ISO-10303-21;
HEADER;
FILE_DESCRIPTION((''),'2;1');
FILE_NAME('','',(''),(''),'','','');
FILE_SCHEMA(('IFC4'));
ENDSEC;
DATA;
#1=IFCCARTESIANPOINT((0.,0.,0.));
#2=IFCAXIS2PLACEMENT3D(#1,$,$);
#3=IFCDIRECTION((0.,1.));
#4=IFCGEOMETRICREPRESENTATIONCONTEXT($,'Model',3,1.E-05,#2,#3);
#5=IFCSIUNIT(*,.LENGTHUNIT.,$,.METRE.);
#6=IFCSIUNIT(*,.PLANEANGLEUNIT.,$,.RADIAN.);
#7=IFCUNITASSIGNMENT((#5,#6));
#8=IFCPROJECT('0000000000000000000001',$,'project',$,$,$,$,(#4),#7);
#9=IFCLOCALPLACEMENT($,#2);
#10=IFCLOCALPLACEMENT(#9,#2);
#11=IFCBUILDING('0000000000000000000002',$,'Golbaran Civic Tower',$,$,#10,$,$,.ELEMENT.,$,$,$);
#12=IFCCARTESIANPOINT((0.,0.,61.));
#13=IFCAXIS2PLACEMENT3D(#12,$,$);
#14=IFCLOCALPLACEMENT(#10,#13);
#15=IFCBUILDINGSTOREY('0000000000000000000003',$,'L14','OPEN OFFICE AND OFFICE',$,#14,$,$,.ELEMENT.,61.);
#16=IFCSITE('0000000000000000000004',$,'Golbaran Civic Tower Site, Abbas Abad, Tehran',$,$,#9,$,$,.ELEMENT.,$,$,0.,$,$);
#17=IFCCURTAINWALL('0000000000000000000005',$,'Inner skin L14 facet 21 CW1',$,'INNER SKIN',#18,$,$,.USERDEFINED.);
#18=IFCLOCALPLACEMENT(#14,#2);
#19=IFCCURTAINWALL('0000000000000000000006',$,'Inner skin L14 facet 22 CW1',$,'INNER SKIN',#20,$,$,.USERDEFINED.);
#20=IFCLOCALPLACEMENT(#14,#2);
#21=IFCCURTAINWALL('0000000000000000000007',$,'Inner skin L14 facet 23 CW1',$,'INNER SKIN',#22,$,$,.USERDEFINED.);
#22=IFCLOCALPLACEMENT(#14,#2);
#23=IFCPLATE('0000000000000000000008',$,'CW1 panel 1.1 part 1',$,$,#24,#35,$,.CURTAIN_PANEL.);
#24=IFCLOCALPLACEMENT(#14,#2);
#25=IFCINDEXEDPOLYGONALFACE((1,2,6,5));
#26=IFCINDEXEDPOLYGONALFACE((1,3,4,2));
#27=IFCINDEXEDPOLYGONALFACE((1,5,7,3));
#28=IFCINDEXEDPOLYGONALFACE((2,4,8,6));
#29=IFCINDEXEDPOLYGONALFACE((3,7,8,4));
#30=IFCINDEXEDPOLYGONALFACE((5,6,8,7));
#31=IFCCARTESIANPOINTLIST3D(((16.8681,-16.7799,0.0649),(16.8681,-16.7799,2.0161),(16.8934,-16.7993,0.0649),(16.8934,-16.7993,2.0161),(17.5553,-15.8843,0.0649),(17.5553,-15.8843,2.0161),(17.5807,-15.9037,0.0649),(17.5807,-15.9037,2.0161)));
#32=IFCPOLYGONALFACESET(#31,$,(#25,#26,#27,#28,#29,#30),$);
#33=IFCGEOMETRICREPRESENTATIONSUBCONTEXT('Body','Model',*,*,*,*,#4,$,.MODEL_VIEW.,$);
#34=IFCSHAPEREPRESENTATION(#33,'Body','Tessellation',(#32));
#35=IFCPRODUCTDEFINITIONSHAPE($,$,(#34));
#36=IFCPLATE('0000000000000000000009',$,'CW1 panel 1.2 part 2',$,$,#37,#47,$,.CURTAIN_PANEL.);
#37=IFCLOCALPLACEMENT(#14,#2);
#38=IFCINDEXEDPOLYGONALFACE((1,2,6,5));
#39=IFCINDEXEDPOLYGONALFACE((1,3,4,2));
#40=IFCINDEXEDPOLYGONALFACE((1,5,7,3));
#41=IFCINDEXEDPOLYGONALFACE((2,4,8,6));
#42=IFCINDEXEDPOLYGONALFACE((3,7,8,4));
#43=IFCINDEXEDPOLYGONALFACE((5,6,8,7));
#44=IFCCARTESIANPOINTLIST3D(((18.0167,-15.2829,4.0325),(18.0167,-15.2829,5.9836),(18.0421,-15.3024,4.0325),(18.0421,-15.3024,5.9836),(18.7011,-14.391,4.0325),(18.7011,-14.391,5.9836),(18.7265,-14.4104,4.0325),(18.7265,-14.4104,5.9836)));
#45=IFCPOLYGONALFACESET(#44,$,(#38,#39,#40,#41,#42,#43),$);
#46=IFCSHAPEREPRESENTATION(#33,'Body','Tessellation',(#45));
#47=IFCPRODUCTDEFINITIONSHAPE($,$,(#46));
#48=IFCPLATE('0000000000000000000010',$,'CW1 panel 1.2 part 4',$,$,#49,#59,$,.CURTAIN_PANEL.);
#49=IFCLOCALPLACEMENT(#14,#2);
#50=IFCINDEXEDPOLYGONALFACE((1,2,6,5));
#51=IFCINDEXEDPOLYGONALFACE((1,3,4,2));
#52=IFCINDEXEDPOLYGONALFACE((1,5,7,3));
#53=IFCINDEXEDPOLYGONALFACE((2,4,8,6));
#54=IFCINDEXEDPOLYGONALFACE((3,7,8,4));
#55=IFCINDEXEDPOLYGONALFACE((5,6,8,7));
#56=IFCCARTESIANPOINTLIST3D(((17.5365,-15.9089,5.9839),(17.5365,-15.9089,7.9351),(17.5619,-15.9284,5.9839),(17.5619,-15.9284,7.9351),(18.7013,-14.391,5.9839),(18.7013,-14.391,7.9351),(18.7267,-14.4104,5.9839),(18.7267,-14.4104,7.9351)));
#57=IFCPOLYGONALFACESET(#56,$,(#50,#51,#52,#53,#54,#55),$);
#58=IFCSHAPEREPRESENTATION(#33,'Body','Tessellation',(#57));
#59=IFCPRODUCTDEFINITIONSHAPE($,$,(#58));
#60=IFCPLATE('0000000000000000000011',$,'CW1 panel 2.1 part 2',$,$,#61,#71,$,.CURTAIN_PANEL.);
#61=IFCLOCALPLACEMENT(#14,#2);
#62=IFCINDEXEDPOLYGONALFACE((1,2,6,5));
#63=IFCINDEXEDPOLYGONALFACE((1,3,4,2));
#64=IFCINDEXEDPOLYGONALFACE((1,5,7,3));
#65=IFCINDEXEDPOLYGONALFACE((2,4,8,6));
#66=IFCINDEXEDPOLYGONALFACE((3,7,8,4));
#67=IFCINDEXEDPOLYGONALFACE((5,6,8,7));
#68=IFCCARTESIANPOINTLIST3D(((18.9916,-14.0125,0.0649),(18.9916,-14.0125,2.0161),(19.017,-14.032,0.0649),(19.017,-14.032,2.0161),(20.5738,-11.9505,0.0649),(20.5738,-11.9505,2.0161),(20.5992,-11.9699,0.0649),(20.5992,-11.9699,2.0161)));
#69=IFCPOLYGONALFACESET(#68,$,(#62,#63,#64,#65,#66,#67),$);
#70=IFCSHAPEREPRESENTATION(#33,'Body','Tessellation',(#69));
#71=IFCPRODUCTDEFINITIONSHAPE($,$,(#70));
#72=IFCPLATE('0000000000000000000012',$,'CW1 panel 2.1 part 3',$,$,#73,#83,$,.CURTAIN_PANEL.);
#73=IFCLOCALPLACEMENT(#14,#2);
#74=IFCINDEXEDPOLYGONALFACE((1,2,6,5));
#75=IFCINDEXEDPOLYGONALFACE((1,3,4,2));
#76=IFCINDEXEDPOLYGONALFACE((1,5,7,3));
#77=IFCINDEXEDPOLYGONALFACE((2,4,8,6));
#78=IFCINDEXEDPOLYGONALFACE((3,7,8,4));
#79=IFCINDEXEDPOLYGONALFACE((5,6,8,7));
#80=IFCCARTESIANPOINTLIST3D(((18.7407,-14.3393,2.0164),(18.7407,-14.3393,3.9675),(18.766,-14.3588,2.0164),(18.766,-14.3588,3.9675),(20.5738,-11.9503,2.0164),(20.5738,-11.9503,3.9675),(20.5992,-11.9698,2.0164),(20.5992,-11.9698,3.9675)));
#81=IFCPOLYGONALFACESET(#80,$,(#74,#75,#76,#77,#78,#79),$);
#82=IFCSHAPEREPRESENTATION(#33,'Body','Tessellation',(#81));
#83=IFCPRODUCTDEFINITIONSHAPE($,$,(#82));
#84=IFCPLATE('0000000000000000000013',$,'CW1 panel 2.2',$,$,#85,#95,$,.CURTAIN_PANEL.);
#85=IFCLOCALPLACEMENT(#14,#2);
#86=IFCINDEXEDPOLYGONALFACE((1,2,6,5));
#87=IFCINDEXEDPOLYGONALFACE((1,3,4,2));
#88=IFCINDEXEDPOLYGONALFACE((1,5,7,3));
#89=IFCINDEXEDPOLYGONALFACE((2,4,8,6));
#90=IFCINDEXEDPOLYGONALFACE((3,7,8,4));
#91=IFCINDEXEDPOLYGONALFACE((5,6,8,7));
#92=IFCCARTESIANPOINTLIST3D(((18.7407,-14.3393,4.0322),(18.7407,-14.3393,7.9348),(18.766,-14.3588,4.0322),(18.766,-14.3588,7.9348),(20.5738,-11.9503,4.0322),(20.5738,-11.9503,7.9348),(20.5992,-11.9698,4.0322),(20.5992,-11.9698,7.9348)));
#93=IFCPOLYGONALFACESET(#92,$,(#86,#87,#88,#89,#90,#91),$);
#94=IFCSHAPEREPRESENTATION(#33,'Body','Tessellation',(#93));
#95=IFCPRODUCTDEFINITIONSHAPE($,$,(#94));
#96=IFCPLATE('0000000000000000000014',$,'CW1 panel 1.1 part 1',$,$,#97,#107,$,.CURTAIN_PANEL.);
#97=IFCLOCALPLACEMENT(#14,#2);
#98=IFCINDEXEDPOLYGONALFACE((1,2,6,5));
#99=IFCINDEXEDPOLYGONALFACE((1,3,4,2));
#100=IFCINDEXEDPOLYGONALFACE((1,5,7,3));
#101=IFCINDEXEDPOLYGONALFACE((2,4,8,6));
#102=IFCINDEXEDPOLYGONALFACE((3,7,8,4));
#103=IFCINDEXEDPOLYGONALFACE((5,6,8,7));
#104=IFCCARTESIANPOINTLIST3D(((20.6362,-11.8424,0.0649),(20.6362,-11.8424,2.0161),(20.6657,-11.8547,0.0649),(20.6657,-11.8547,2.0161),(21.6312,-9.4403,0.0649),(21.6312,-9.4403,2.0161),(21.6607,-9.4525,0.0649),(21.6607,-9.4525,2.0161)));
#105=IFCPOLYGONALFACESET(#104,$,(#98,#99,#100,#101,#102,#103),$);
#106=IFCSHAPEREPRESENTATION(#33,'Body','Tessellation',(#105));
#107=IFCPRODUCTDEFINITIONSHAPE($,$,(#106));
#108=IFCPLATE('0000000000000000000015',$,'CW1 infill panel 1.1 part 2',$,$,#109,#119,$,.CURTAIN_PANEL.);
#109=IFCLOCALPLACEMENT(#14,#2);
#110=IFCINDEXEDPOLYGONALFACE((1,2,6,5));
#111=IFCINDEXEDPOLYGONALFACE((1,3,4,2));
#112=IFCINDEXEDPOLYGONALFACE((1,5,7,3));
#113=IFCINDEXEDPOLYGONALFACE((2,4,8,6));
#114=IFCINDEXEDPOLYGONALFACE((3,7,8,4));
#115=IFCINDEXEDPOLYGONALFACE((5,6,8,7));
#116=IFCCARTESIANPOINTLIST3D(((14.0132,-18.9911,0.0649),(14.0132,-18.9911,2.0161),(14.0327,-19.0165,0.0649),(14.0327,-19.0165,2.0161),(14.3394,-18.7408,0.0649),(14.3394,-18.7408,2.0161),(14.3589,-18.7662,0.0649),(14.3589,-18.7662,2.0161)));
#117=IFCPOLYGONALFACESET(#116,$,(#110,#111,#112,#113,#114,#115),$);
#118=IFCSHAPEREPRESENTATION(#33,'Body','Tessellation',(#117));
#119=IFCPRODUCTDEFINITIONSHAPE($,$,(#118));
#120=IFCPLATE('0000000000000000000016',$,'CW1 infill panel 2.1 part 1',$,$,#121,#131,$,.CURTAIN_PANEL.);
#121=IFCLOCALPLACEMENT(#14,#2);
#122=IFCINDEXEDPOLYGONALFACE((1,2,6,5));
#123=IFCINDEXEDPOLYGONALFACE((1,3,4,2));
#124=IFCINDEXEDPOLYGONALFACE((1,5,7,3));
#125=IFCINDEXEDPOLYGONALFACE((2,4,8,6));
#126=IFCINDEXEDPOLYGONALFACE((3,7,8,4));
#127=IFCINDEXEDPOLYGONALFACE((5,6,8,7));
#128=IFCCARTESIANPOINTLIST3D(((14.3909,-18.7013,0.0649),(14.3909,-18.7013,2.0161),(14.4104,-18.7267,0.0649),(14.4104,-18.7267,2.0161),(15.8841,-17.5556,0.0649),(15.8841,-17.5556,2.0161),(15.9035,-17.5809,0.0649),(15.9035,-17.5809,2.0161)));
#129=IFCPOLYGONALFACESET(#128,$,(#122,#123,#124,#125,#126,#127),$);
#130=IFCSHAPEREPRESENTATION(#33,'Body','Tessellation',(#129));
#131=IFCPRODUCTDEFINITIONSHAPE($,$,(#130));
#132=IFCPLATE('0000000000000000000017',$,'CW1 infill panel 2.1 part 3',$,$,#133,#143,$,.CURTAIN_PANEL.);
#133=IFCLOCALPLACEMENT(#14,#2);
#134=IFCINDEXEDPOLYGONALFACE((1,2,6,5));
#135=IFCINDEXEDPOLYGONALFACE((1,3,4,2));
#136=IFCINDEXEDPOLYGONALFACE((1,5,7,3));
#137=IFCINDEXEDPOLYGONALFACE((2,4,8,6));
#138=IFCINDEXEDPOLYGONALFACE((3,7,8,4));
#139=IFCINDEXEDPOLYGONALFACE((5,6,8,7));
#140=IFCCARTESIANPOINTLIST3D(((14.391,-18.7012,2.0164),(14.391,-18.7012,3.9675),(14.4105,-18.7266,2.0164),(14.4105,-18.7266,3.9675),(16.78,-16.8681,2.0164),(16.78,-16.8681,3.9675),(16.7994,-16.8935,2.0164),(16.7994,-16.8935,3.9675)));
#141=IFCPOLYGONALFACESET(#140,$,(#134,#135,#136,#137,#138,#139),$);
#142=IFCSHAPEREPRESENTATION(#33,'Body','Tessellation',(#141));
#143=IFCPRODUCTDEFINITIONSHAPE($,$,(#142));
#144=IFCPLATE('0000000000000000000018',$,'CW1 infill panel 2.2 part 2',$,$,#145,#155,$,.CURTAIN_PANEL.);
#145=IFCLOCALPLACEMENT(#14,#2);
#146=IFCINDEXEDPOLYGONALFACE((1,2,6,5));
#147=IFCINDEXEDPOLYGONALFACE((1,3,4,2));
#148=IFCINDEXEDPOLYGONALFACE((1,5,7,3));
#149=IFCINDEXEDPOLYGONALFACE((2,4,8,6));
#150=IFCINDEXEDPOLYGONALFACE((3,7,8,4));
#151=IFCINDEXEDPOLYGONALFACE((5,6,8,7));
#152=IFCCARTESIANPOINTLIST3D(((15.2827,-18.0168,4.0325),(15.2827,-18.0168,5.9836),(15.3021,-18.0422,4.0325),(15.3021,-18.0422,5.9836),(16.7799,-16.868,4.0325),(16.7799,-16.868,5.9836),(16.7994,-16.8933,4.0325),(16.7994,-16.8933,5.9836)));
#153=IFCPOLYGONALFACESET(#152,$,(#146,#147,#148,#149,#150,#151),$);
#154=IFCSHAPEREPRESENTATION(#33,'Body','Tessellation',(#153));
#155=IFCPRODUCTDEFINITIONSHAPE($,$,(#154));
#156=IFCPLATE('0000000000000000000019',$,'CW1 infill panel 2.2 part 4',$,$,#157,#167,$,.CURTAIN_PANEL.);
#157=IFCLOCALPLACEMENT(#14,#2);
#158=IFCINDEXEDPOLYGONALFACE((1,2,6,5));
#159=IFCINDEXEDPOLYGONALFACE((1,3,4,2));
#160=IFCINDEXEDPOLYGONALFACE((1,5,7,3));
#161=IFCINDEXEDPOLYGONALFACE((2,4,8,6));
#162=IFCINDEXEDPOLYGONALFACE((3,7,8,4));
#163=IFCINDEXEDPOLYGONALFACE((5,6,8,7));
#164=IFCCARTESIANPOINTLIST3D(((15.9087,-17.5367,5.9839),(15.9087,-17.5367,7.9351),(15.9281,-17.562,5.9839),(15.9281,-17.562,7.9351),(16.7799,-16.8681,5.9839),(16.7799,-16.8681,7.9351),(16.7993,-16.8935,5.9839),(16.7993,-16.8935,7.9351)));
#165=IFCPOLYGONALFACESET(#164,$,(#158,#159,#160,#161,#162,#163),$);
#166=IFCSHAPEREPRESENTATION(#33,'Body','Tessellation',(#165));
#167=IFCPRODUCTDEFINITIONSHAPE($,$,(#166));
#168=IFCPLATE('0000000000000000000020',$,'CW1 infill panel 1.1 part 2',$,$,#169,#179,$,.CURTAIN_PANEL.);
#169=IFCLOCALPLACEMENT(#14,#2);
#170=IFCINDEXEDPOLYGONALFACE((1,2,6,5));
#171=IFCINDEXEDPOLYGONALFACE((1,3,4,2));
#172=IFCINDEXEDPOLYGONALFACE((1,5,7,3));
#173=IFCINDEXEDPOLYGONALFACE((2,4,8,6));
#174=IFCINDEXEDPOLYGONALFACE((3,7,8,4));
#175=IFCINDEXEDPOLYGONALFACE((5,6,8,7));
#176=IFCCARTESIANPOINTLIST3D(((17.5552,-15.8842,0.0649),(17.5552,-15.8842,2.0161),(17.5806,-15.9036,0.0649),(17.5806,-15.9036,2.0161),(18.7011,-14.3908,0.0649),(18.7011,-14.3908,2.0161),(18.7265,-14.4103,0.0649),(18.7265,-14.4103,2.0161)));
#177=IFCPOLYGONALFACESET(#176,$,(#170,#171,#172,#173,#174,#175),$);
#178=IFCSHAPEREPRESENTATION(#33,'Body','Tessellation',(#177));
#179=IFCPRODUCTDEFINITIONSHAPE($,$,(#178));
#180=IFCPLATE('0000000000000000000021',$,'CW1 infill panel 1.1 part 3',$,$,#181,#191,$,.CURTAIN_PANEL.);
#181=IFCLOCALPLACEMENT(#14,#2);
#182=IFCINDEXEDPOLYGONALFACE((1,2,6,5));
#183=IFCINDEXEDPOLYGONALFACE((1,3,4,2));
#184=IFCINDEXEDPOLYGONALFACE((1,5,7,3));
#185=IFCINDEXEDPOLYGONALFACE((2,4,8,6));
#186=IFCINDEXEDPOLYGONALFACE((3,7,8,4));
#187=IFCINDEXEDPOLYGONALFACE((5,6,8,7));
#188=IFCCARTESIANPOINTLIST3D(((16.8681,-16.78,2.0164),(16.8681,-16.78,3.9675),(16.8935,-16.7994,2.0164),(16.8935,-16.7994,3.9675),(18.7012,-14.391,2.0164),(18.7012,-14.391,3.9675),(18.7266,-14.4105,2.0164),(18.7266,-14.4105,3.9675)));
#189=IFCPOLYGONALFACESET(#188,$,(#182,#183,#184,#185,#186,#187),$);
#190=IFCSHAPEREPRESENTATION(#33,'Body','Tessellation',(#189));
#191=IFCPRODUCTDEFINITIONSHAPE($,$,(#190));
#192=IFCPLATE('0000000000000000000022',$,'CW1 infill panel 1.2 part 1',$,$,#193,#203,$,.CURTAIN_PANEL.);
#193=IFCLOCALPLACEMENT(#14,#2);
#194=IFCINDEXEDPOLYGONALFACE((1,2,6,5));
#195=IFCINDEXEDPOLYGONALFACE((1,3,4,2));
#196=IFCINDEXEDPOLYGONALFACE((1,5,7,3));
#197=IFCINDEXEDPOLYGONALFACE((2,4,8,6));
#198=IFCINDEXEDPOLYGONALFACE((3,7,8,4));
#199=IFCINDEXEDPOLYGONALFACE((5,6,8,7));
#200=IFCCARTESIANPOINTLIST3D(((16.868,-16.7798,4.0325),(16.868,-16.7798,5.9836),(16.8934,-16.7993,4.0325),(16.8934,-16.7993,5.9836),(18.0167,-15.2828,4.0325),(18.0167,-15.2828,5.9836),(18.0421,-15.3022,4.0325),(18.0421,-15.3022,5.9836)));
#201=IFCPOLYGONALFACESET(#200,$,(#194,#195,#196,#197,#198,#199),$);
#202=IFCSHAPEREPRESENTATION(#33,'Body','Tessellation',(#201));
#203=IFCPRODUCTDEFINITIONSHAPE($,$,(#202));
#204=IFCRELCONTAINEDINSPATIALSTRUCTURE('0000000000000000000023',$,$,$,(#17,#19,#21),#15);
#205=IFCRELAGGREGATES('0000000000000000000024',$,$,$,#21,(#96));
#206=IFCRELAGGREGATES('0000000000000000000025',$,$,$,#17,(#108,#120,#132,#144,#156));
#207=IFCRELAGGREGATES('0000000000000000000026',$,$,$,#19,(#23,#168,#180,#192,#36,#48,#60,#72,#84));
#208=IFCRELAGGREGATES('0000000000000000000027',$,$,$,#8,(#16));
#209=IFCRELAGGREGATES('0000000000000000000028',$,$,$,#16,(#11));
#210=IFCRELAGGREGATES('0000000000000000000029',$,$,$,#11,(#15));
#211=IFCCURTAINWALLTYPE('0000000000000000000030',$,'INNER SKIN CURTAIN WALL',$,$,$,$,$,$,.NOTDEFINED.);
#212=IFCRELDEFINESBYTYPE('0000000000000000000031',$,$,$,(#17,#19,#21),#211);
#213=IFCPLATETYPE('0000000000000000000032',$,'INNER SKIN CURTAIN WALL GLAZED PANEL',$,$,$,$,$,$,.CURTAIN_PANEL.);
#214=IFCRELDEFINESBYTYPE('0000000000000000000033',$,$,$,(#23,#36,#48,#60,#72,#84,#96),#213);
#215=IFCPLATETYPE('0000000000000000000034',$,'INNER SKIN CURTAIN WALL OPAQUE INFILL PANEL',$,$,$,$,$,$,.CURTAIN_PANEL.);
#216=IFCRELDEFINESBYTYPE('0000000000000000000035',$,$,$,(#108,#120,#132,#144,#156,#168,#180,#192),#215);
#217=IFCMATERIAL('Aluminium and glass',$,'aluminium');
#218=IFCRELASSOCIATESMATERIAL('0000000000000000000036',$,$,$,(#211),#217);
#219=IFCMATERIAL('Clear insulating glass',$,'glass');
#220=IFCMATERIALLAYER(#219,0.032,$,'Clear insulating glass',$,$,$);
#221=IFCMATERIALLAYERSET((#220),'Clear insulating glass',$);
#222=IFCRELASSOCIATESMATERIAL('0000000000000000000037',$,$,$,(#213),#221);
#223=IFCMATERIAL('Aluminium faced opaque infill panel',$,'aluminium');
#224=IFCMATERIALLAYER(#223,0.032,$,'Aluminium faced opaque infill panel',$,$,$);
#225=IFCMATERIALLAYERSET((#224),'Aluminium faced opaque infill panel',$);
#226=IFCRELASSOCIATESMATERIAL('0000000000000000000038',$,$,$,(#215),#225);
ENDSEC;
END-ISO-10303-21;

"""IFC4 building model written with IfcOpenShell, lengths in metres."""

from ifc_helpers import new_model, si_unit, direction, frame, origin, origin_2d, place, context, subcontext, project, spatial, rectangle, extrude, material, layer, layer_set, type_object, element, aggregate, save


model = new_model("IFC4")

# Units and contexts
model_context = context("Model", 3, precision=1e-05, world=origin(), true_north=direction((0.0, 1.0)))
body_context = subcontext(model_context, "Body", "Model", "MODEL_VIEW")
ifc_project = project(units=[si_unit("LENGTHUNIT", "METRE"), si_unit("PLANEANGLEUNIT", "RADIAN")], contexts=[model_context])

# Site, building, storey
site_placement = place(None, origin())
site = spatial("IfcSite", under=ifc_project, at=site_placement, Name="Golbaran Civic Tower Site, Abbas Abad, Tehran", CompositionType="ELEMENT", RefElevation=0.0)
building_placement = place(site_placement, origin())
building = spatial("IfcBuilding", under=site, at=building_placement, Name="Golbaran Civic Tower", CompositionType="ELEMENT")
storey_placement = place(building_placement, frame((0.0, 0.0, 61.0)))
storey = spatial("IfcBuildingStorey", under=building, at=storey_placement, Name="L14", Description="OPEN OFFICE AND OFFICE", CompositionType="ELEMENT", Elevation=61.0)

# Curtain walls
ifc_material_1 = material(Name="Aluminium and glass", Category="aluminium")
curtain_wall_type = type_object("IfcCurtainWallType", Name="INNER SKIN CURTAIN WALL", PredefinedType="NOTDEFINED", material=ifc_material_1)
curtain_wall_1_placement = place(storey_placement, origin())
curtain_wall_1 = element("IfcCurtainWall", 1, at=curtain_wall_1_placement, inside=storey, type_object=curtain_wall_type, Name="Inner skin L14 facet 21 CW1", ObjectType="INNER SKIN", PredefinedType="USERDEFINED")
curtain_wall_2_placement = place(storey_placement, origin())
curtain_wall_2 = element("IfcCurtainWall", 2, at=curtain_wall_2_placement, inside=storey, type_object=curtain_wall_type, Name="Inner skin L14 facet 22 CW1", ObjectType="INNER SKIN", PredefinedType="USERDEFINED")

# Curtain wall
curtain_wall_3_placement = place(storey_placement, origin())
curtain_wall_3 = element("IfcCurtainWall", 3, at=curtain_wall_3_placement, inside=storey, type_object=curtain_wall_type, Name="Inner skin L14 facet 23 CW1", ObjectType="INNER SKIN", PredefinedType="USERDEFINED")

# Plates
ifc_material_2 = material(Name="Clear insulating glass", Category="glass")
ifc_layer_1 = layer(ifc_material_2, 0.032, Name="Clear insulating glass")
ifc_layer_set_1 = layer_set([ifc_layer_1], Name="Clear insulating glass")
plate_type_1 = type_object("IfcPlateType", Name="INNER SKIN CURTAIN WALL GLAZED PANEL", PredefinedType="CURTAIN_PANEL", material=ifc_layer_set_1)
plate_1_placement = place(storey_placement, frame((17.2244, -16.3418, 0.0649), z_axis=(0.0, 0.0, 1.0), x_axis=(0.608761, 0.793353, 0.0)))
plate_1 = element("IfcPlate", 4, at=plate_1_placement, type_object=plate_type_1, Name="CW1 panel 1.1 part 1", PredefinedType="CURTAIN_PANEL", context=body_context, shape_type="SweptSolid", body=[
    extrude(rectangle(XDim=1.1289, YDim=0.032, at=origin_2d()), origin(), (0.0, 0.0, 1.0), 1.9512),
])
plate_2_placement = place(storey_placement, frame((18.3716, -14.8467, 4.0325), z_axis=(0.0, 0.0, 1.0), x_axis=(0.608761, 0.793353, 0.0)))
plate_2 = element("IfcPlate", 5, at=plate_2_placement, type_object=plate_type_1, Name="CW1 panel 1.2 part 2", PredefinedType="CURTAIN_PANEL", context=body_context, shape_type="SweptSolid", body=[
    extrude(rectangle(XDim=1.1243, YDim=0.032, at=origin_2d()), origin(), (0.0, 0.0, 1.0), 1.9512),
])
plate_3_placement = place(storey_placement, frame((18.1316, -15.1597, 5.9839), z_axis=(0.0, 0.0, 1.0), x_axis=(0.608761, 0.793353, 0.0)))
plate_3 = element("IfcPlate", 6, at=plate_3_placement, type_object=plate_type_1, Name="CW1 panel 1.2 part 4", PredefinedType="CURTAIN_PANEL", context=body_context, shape_type="SweptSolid", body=[
    extrude(rectangle(XDim=1.9133, YDim=0.032, at=origin_2d()), origin(), (0.0, 0.0, 1.0), 1.9512),
])
plate_4_placement = place(storey_placement, frame((19.7954, -12.9912, 0.0649), z_axis=(0.0, 0.0, 1.0), x_axis=(0.608761, 0.793353, 0.0)))
plate_4 = element("IfcPlate", 7, at=plate_4_placement, type_object=plate_type_1, Name="CW1 panel 2.1 part 2", PredefinedType="CURTAIN_PANEL", context=body_context, shape_type="SweptSolid", body=[
    extrude(rectangle(XDim=2.5991, YDim=0.032, at=origin_2d()), origin(), (0.0, 0.0, 1.0), 1.9512),
])
plate_5_placement = place(storey_placement, frame((19.6699, -13.1545, 2.0164), z_axis=(0.0, 0.0, 1.0), x_axis=(0.608761, 0.793353, 0.0)))
plate_5 = element("IfcPlate", 8, at=plate_5_placement, type_object=plate_type_1, Name="CW1 panel 2.1 part 3", PredefinedType="CURTAIN_PANEL", context=body_context, shape_type="SweptSolid", body=[
    extrude(rectangle(XDim=3.0112, YDim=0.032, at=origin_2d()), origin(), (0.0, 0.0, 1.0), 1.9512),
])
plate_6_placement = place(storey_placement, frame((19.6699, -13.1545, 4.0322), z_axis=(0.0, 0.0, 1.0), x_axis=(0.608761, 0.793353, 0.0)))
plate_6 = element("IfcPlate", 9, at=plate_6_placement, type_object=plate_type_1, Name="CW1 panel 2.2", PredefinedType="CURTAIN_PANEL", context=body_context, shape_type="SweptSolid", body=[
    extrude(rectangle(XDim=3.0112, YDim=0.032, at=origin_2d()), origin(), (0.0, 0.0, 1.0), 3.9026),
])
plate_7_placement = place(storey_placement, frame((21.1484, -10.6475, 0.0649), z_axis=(0.0, 0.0, 1.0), x_axis=(0.382683, 0.92388, 0.0)))
plate_7 = element("IfcPlate", 10, at=plate_7_placement, type_object=plate_type_1, Name="CW1 panel 1.1 part 1", PredefinedType="CURTAIN_PANEL", context=body_context, shape_type="SweptSolid", body=[
    extrude(rectangle(XDim=2.6001, YDim=0.032, at=origin_2d()), origin(), (0.0, 0.0, 1.0), 1.9512),
])
aggregate(curtain_wall_3, [plate_7])
ifc_material_3 = material(Name="Aluminium faced opaque infill panel", Category="aluminium")
ifc_layer_2 = layer(ifc_material_3, 0.032, Name="Aluminium faced opaque infill panel")
ifc_layer_set_2 = layer_set([ifc_layer_2], Name="Aluminium faced opaque infill panel")
plate_type_2 = type_object("IfcPlateType", Name="INNER SKIN CURTAIN WALL OPAQUE INFILL PANEL", PredefinedType="CURTAIN_PANEL", material=ifc_layer_set_2)
plate_8_placement = place(storey_placement, frame((14.186, -18.8787, 0.0649), z_axis=(0.0, 0.0, 1.0), x_axis=(0.793353, 0.608761, 0.0)))
plate_8 = element("IfcPlate", 11, at=plate_8_placement, type_object=plate_type_2, Name="CW1 infill panel 1.1 part 2", PredefinedType="CURTAIN_PANEL", context=body_context, shape_type="SweptSolid", body=[
    extrude(rectangle(XDim=0.4111, YDim=0.032, at=origin_2d()), origin(), (0.0, 0.0, 1.0), 1.9512),
])
plate_9_placement = place(storey_placement, frame((15.1472, -18.1411, 0.0649), z_axis=(0.0, 0.0, 1.0), x_axis=(0.793353, 0.608761, 0.0)))
plate_9 = element("IfcPlate", 12, at=plate_9_placement, type_object=plate_type_2, Name="CW1 infill panel 2.1 part 1", PredefinedType="CURTAIN_PANEL", context=body_context, shape_type="SweptSolid", body=[
    extrude(rectangle(XDim=1.8821, YDim=0.032, at=origin_2d()), origin(), (0.0, 0.0, 1.0), 1.9512),
])
plate_10_placement = place(storey_placement, frame((15.5952, -17.7974, 2.0164), z_axis=(0.0, 0.0, 1.0), x_axis=(0.793353, 0.608761, 0.0)))
plate_10 = element("IfcPlate", 13, at=plate_10_placement, type_object=plate_type_2, Name="CW1 infill panel 2.1 part 3", PredefinedType="CURTAIN_PANEL", context=body_context, shape_type="SweptSolid", body=[
    extrude(rectangle(XDim=3.0112, YDim=0.032, at=origin_2d()), origin(), (0.0, 0.0, 1.0), 1.9512),
])
plate_11_placement = place(storey_placement, frame((16.041, -17.4551, 4.0325), z_axis=(0.0, 0.0, 1.0), x_axis=(0.793353, 0.608761, 0.0)))
plate_11 = element("IfcPlate", 14, at=plate_11_placement, type_object=plate_type_2, Name="CW1 infill panel 2.2 part 2", PredefinedType="CURTAIN_PANEL", context=body_context, shape_type="SweptSolid", body=[
    extrude(rectangle(XDim=1.8872, YDim=0.032, at=origin_2d()), origin(), (0.0, 0.0, 1.0), 1.9512),
])
plate_12_placement = place(storey_placement, frame((16.354, -17.2151, 5.9839), z_axis=(0.0, 0.0, 1.0), x_axis=(0.793353, 0.608761, 0.0)))
plate_12 = element("IfcPlate", 15, at=plate_12_placement, type_object=plate_type_2, Name="CW1 infill panel 2.2 part 4", PredefinedType="CURTAIN_PANEL", context=body_context, shape_type="SweptSolid", body=[
    extrude(rectangle(XDim=1.0981, YDim=0.032, at=origin_2d()), origin(), (0.0, 0.0, 1.0), 1.9512),
])
aggregate(curtain_wall_1, [plate_8, plate_9, plate_10, plate_11, plate_12])
plate_13_placement = place(storey_placement, frame((18.1409, -15.1472, 0.0649), z_axis=(0.0, 0.0, 1.0), x_axis=(0.608761, 0.793353, 0.0)))
plate_13 = element("IfcPlate", 16, at=plate_13_placement, type_object=plate_type_2, Name="CW1 infill panel 1.1 part 2", PredefinedType="CURTAIN_PANEL", context=body_context, shape_type="SweptSolid", body=[
    extrude(rectangle(XDim=1.8823, YDim=0.032, at=origin_2d()), origin(), (0.0, 0.0, 1.0), 1.9512),
])
plate_14_placement = place(storey_placement, frame((17.7974, -15.5952, 2.0164), z_axis=(0.0, 0.0, 1.0), x_axis=(0.608761, 0.793353, 0.0)))
plate_14 = element("IfcPlate", 17, at=plate_14_placement, type_object=plate_type_2, Name="CW1 infill panel 1.1 part 3", PredefinedType="CURTAIN_PANEL", context=body_context, shape_type="SweptSolid", body=[
    extrude(rectangle(XDim=3.0112, YDim=0.032, at=origin_2d()), origin(), (0.0, 0.0, 1.0), 1.9512),
])
plate_15_placement = place(storey_placement, frame((17.4551, -16.041, 4.0325), z_axis=(0.0, 0.0, 1.0), x_axis=(0.608761, 0.793353, 0.0)))
plate_15 = element("IfcPlate", 18, at=plate_15_placement, type_object=plate_type_2, Name="CW1 infill panel 1.2 part 1", PredefinedType="CURTAIN_PANEL", context=body_context, shape_type="SweptSolid", body=[
    extrude(rectangle(XDim=1.887, YDim=0.032, at=origin_2d()), origin(), (0.0, 0.0, 1.0), 1.9512),
])
aggregate(curtain_wall_2, [plate_1, plate_13, plate_14, plate_15, plate_2, plate_3, plate_4, plate_5, plate_6])

save(model, "model.ifc")
